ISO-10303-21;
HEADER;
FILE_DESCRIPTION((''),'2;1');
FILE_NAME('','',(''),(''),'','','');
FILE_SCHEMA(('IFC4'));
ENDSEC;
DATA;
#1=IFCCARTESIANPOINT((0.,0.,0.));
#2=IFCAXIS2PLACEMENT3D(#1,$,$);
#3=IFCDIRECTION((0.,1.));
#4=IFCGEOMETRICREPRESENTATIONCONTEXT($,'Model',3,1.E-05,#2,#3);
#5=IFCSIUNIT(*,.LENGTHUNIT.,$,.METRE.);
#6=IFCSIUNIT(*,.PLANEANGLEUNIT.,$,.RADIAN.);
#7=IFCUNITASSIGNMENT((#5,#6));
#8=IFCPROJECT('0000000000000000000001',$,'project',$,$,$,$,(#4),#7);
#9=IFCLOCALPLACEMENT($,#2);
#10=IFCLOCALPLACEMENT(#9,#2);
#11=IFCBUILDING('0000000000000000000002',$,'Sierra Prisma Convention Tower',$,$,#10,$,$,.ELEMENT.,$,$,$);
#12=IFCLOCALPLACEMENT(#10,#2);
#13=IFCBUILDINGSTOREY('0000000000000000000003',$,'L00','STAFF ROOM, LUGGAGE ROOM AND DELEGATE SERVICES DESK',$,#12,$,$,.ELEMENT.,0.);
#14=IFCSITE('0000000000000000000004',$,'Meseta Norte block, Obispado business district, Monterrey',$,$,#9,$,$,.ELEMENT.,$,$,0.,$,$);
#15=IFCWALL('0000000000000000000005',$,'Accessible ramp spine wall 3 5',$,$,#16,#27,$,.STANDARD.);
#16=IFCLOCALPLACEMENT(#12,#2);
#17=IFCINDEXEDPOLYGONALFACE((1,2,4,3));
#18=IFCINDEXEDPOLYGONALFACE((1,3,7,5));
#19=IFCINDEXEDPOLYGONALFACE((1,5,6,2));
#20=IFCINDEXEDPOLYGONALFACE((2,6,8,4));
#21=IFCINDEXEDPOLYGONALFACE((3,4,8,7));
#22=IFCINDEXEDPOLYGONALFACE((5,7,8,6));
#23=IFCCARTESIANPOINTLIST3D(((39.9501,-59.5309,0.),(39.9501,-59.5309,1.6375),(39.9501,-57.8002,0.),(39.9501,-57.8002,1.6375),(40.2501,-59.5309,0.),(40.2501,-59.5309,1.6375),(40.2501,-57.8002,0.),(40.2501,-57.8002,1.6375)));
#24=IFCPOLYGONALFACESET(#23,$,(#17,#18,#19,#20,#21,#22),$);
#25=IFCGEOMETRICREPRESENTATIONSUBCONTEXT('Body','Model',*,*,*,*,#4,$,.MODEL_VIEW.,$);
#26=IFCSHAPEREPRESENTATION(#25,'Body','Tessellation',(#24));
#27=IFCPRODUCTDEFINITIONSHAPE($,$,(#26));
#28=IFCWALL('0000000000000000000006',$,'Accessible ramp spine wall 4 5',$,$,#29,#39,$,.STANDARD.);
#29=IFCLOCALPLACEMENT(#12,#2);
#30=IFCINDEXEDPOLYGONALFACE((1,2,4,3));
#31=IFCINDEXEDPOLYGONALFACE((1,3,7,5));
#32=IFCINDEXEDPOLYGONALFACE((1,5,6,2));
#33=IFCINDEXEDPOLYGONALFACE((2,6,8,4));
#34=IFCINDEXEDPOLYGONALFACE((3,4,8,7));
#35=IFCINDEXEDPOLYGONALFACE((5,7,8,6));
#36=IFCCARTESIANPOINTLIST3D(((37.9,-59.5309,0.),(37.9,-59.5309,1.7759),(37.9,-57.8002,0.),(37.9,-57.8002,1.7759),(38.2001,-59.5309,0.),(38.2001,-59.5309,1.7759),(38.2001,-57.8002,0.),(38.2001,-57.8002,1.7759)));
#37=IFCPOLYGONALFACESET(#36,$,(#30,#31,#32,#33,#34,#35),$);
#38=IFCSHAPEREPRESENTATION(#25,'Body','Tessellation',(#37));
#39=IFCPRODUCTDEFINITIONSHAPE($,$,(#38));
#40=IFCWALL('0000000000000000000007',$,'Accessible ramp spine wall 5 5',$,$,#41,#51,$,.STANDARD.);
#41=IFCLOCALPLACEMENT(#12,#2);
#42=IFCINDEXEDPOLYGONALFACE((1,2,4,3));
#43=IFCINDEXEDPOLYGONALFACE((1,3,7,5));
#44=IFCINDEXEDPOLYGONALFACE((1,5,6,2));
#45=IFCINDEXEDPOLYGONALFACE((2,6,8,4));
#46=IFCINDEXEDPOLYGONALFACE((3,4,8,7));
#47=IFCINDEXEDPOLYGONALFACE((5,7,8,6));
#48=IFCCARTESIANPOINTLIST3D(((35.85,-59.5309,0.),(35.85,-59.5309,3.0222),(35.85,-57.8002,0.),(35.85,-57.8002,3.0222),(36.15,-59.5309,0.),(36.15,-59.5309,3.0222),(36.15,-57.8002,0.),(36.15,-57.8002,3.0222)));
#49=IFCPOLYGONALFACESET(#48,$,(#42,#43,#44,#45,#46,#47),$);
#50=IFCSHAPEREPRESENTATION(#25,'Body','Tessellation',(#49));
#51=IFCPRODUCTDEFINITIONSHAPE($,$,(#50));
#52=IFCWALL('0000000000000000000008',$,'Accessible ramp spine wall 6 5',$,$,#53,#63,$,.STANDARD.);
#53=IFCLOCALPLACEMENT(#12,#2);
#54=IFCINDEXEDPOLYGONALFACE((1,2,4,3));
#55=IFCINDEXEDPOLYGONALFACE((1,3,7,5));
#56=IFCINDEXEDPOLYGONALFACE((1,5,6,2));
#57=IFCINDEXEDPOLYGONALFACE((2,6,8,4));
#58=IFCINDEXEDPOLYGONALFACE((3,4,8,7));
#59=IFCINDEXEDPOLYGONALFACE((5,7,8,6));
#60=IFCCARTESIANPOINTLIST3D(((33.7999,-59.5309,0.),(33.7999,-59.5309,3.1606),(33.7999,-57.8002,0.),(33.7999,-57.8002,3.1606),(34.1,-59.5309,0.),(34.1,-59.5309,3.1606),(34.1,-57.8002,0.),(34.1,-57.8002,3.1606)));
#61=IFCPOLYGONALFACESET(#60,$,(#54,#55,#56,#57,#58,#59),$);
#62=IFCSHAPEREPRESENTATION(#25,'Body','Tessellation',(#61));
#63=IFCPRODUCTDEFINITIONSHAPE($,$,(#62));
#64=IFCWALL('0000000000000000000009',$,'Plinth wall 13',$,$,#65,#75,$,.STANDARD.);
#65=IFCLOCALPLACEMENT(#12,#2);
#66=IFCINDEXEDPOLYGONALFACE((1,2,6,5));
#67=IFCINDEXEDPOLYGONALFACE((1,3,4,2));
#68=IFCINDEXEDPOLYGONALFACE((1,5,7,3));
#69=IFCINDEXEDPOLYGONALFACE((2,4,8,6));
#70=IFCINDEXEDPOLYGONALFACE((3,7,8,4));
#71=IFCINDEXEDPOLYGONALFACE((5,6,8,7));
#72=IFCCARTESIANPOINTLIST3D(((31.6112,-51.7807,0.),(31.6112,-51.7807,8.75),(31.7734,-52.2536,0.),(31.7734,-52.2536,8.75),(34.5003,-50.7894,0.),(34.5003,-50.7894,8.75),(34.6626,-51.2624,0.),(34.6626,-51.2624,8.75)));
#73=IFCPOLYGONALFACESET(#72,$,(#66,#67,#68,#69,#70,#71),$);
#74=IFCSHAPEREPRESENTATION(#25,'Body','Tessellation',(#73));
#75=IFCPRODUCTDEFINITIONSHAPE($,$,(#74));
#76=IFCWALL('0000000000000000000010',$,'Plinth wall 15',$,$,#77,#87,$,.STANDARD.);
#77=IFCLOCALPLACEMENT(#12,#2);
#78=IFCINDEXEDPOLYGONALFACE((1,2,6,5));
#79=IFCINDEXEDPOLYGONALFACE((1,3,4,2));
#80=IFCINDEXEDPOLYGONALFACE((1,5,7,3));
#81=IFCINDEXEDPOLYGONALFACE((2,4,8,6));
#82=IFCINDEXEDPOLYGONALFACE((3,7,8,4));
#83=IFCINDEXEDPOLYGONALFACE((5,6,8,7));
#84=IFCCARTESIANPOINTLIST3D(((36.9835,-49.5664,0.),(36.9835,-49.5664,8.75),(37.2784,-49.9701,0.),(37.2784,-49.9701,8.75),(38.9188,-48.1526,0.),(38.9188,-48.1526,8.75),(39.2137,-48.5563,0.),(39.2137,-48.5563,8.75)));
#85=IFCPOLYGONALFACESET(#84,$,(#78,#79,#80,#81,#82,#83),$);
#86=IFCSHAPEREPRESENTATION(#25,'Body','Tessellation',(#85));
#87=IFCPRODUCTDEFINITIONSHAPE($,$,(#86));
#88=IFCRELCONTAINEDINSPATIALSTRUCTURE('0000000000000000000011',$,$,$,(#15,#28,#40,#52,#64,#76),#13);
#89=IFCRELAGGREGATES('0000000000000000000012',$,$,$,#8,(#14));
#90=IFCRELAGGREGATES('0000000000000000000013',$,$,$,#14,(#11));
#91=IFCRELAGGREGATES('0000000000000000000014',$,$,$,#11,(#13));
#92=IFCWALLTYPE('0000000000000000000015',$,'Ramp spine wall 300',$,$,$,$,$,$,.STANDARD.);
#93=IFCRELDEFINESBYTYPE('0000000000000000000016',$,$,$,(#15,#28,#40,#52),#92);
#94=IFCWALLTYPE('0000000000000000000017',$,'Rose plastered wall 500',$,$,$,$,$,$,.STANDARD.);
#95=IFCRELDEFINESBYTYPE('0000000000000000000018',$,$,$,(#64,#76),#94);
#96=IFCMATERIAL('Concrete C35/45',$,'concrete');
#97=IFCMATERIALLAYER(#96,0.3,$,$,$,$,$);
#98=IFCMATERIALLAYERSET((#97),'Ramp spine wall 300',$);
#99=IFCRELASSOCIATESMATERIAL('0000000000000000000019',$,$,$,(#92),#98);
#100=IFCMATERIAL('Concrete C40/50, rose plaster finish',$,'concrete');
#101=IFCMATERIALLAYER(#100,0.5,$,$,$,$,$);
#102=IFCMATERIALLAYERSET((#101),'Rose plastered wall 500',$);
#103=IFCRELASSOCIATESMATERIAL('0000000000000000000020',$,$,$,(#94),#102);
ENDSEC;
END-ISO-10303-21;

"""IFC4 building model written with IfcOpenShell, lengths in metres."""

from ifc_helpers import new_model, si_unit, direction, frame, frame_2d, origin, place, context, subcontext, project, spatial, rectangle, extrude, material, layer, layer_set, type_object, element, save


model = new_model("IFC4")

# Units and contexts
model_context = context("Model", 3, precision=1e-05, world=origin(), true_north=direction((0.0, 1.0)))
body_context = subcontext(model_context, "Body", "Model", "MODEL_VIEW")
ifc_project = project(units=[si_unit("LENGTHUNIT", "METRE"), si_unit("PLANEANGLEUNIT", "RADIAN")], contexts=[model_context])

# Site, building, storey
site_placement = place(None, origin())
site = spatial("IfcSite", under=ifc_project, at=site_placement, Name="Meseta Norte block, Obispado business district, Monterrey", CompositionType="ELEMENT", RefElevation=0.0)
building_placement = place(site_placement, origin())
building = spatial("IfcBuilding", under=site, at=building_placement, Name="Sierra Prisma Convention Tower", CompositionType="ELEMENT")
storey_placement = place(building_placement, origin())
storey = spatial("IfcBuildingStorey", under=building, at=storey_placement, Name="L00", Description="STAFF ROOM, LUGGAGE ROOM AND DELEGATE SERVICES DESK", CompositionType="ELEMENT", Elevation=0.0)

# Walls
ifc_material_1 = material(Name="Concrete C35/45", Category="concrete")
ifc_layer_1 = layer(ifc_material_1, 0.3)
ifc_layer_set_1 = layer_set([ifc_layer_1], Name="Ramp spine wall 300")
wall_type_1 = type_object("IfcWallType", Name="Ramp spine wall 300", PredefinedType="STANDARD", material=ifc_layer_set_1)
wall_1_placement = place(storey_placement, frame((40.1001, -59.5308, 0.0), z_axis=(0.0, 0.0, 1.0), x_axis=(0.0, 1.0, 0.0)))
element("IfcWall", 1, at=wall_1_placement, inside=storey, type_object=wall_type_1, Name="Accessible ramp spine wall 3 5", PredefinedType="STANDARD", context=body_context, shape_type="SweptSolid", body=[
    extrude(rectangle(XDim=1.7307, YDim=0.3, at=frame_2d((0.8652, 0.0))), origin(), (0.0, 0.0, 1.0), 1.6375),
])
wall_2_placement = place(storey_placement, frame((38.05, -59.5308, 0.0), z_axis=(0.0, 0.0, 1.0), x_axis=(0.0, 1.0, 0.0)))
element("IfcWall", 2, at=wall_2_placement, inside=storey, type_object=wall_type_1, Name="Accessible ramp spine wall 4 5", PredefinedType="STANDARD", context=body_context, shape_type="SweptSolid", body=[
    extrude(rectangle(XDim=1.7307, YDim=0.3, at=frame_2d((0.8652, 0.0))), origin(), (0.0, 0.0, 1.0), 1.7759),
])
wall_3_placement = place(storey_placement, frame((36.0, -59.5308, 0.0), z_axis=(0.0, 0.0, 1.0), x_axis=(0.0, 1.0, 0.0)))
element("IfcWall", 3, at=wall_3_placement, inside=storey, type_object=wall_type_1, Name="Accessible ramp spine wall 5 5", PredefinedType="STANDARD", context=body_context, shape_type="SweptSolid", body=[
    extrude(rectangle(XDim=1.7307, YDim=0.3, at=frame_2d((0.8652, 0.0))), origin(), (0.0, 0.0, 1.0), 3.0222),
])
wall_4_placement = place(storey_placement, frame((33.95, -59.5308, 0.0), z_axis=(0.0, 0.0, 1.0), x_axis=(0.0, 1.0, 0.0)))
element("IfcWall", 4, at=wall_4_placement, inside=storey, type_object=wall_type_1, Name="Accessible ramp spine wall 6 5", PredefinedType="STANDARD", context=body_context, shape_type="SweptSolid", body=[
    extrude(rectangle(XDim=1.7307, YDim=0.3, at=frame_2d((0.8652, 0.0))), origin(), (0.0, 0.0, 1.0), 3.1606),
])
ifc_material_2 = material(Name="Concrete C40/50, rose plaster finish", Category="concrete")
ifc_layer_2 = layer(ifc_material_2, 0.5)
ifc_layer_set_2 = layer_set([ifc_layer_2], Name="Rose plastered wall 500")
wall_type_2 = type_object("IfcWallType", Name="Rose plastered wall 500", PredefinedType="STANDARD", material=ifc_layer_set_2)
wall_5_placement = place(storey_placement, frame((34.5815, -51.0259, 0.0), z_axis=(0.0, 0.0, 1.0), x_axis=(-0.945881, -0.324512, 0.0)))
element("IfcWall", 5, at=wall_5_placement, inside=storey, type_object=wall_type_2, Name="Plinth wall 13", PredefinedType="STANDARD", context=body_context, shape_type="SweptSolid", body=[
    extrude(rectangle(XDim=3.0544, YDim=0.5, at=frame_2d((1.5273, 0.0))), origin(), (0.0, 0.0, 1.0), 8.75),
])
wall_6_placement = place(storey_placement, frame((39.0662, -48.3545, 0.0), z_axis=(0.0, 0.0, 1.0), x_axis=(-0.807479, -0.589897, 0.0)))
element("IfcWall", 6, at=wall_6_placement, inside=storey, type_object=wall_type_2, Name="Plinth wall 15", PredefinedType="STANDARD", context=body_context, shape_type="SweptSolid", body=[
    extrude(rectangle(XDim=2.3967, YDim=0.5, at=frame_2d((1.1982, 0.0))), origin(), (0.0, 0.0, 1.0), 8.75),
])

save(model, "model.ifc")
